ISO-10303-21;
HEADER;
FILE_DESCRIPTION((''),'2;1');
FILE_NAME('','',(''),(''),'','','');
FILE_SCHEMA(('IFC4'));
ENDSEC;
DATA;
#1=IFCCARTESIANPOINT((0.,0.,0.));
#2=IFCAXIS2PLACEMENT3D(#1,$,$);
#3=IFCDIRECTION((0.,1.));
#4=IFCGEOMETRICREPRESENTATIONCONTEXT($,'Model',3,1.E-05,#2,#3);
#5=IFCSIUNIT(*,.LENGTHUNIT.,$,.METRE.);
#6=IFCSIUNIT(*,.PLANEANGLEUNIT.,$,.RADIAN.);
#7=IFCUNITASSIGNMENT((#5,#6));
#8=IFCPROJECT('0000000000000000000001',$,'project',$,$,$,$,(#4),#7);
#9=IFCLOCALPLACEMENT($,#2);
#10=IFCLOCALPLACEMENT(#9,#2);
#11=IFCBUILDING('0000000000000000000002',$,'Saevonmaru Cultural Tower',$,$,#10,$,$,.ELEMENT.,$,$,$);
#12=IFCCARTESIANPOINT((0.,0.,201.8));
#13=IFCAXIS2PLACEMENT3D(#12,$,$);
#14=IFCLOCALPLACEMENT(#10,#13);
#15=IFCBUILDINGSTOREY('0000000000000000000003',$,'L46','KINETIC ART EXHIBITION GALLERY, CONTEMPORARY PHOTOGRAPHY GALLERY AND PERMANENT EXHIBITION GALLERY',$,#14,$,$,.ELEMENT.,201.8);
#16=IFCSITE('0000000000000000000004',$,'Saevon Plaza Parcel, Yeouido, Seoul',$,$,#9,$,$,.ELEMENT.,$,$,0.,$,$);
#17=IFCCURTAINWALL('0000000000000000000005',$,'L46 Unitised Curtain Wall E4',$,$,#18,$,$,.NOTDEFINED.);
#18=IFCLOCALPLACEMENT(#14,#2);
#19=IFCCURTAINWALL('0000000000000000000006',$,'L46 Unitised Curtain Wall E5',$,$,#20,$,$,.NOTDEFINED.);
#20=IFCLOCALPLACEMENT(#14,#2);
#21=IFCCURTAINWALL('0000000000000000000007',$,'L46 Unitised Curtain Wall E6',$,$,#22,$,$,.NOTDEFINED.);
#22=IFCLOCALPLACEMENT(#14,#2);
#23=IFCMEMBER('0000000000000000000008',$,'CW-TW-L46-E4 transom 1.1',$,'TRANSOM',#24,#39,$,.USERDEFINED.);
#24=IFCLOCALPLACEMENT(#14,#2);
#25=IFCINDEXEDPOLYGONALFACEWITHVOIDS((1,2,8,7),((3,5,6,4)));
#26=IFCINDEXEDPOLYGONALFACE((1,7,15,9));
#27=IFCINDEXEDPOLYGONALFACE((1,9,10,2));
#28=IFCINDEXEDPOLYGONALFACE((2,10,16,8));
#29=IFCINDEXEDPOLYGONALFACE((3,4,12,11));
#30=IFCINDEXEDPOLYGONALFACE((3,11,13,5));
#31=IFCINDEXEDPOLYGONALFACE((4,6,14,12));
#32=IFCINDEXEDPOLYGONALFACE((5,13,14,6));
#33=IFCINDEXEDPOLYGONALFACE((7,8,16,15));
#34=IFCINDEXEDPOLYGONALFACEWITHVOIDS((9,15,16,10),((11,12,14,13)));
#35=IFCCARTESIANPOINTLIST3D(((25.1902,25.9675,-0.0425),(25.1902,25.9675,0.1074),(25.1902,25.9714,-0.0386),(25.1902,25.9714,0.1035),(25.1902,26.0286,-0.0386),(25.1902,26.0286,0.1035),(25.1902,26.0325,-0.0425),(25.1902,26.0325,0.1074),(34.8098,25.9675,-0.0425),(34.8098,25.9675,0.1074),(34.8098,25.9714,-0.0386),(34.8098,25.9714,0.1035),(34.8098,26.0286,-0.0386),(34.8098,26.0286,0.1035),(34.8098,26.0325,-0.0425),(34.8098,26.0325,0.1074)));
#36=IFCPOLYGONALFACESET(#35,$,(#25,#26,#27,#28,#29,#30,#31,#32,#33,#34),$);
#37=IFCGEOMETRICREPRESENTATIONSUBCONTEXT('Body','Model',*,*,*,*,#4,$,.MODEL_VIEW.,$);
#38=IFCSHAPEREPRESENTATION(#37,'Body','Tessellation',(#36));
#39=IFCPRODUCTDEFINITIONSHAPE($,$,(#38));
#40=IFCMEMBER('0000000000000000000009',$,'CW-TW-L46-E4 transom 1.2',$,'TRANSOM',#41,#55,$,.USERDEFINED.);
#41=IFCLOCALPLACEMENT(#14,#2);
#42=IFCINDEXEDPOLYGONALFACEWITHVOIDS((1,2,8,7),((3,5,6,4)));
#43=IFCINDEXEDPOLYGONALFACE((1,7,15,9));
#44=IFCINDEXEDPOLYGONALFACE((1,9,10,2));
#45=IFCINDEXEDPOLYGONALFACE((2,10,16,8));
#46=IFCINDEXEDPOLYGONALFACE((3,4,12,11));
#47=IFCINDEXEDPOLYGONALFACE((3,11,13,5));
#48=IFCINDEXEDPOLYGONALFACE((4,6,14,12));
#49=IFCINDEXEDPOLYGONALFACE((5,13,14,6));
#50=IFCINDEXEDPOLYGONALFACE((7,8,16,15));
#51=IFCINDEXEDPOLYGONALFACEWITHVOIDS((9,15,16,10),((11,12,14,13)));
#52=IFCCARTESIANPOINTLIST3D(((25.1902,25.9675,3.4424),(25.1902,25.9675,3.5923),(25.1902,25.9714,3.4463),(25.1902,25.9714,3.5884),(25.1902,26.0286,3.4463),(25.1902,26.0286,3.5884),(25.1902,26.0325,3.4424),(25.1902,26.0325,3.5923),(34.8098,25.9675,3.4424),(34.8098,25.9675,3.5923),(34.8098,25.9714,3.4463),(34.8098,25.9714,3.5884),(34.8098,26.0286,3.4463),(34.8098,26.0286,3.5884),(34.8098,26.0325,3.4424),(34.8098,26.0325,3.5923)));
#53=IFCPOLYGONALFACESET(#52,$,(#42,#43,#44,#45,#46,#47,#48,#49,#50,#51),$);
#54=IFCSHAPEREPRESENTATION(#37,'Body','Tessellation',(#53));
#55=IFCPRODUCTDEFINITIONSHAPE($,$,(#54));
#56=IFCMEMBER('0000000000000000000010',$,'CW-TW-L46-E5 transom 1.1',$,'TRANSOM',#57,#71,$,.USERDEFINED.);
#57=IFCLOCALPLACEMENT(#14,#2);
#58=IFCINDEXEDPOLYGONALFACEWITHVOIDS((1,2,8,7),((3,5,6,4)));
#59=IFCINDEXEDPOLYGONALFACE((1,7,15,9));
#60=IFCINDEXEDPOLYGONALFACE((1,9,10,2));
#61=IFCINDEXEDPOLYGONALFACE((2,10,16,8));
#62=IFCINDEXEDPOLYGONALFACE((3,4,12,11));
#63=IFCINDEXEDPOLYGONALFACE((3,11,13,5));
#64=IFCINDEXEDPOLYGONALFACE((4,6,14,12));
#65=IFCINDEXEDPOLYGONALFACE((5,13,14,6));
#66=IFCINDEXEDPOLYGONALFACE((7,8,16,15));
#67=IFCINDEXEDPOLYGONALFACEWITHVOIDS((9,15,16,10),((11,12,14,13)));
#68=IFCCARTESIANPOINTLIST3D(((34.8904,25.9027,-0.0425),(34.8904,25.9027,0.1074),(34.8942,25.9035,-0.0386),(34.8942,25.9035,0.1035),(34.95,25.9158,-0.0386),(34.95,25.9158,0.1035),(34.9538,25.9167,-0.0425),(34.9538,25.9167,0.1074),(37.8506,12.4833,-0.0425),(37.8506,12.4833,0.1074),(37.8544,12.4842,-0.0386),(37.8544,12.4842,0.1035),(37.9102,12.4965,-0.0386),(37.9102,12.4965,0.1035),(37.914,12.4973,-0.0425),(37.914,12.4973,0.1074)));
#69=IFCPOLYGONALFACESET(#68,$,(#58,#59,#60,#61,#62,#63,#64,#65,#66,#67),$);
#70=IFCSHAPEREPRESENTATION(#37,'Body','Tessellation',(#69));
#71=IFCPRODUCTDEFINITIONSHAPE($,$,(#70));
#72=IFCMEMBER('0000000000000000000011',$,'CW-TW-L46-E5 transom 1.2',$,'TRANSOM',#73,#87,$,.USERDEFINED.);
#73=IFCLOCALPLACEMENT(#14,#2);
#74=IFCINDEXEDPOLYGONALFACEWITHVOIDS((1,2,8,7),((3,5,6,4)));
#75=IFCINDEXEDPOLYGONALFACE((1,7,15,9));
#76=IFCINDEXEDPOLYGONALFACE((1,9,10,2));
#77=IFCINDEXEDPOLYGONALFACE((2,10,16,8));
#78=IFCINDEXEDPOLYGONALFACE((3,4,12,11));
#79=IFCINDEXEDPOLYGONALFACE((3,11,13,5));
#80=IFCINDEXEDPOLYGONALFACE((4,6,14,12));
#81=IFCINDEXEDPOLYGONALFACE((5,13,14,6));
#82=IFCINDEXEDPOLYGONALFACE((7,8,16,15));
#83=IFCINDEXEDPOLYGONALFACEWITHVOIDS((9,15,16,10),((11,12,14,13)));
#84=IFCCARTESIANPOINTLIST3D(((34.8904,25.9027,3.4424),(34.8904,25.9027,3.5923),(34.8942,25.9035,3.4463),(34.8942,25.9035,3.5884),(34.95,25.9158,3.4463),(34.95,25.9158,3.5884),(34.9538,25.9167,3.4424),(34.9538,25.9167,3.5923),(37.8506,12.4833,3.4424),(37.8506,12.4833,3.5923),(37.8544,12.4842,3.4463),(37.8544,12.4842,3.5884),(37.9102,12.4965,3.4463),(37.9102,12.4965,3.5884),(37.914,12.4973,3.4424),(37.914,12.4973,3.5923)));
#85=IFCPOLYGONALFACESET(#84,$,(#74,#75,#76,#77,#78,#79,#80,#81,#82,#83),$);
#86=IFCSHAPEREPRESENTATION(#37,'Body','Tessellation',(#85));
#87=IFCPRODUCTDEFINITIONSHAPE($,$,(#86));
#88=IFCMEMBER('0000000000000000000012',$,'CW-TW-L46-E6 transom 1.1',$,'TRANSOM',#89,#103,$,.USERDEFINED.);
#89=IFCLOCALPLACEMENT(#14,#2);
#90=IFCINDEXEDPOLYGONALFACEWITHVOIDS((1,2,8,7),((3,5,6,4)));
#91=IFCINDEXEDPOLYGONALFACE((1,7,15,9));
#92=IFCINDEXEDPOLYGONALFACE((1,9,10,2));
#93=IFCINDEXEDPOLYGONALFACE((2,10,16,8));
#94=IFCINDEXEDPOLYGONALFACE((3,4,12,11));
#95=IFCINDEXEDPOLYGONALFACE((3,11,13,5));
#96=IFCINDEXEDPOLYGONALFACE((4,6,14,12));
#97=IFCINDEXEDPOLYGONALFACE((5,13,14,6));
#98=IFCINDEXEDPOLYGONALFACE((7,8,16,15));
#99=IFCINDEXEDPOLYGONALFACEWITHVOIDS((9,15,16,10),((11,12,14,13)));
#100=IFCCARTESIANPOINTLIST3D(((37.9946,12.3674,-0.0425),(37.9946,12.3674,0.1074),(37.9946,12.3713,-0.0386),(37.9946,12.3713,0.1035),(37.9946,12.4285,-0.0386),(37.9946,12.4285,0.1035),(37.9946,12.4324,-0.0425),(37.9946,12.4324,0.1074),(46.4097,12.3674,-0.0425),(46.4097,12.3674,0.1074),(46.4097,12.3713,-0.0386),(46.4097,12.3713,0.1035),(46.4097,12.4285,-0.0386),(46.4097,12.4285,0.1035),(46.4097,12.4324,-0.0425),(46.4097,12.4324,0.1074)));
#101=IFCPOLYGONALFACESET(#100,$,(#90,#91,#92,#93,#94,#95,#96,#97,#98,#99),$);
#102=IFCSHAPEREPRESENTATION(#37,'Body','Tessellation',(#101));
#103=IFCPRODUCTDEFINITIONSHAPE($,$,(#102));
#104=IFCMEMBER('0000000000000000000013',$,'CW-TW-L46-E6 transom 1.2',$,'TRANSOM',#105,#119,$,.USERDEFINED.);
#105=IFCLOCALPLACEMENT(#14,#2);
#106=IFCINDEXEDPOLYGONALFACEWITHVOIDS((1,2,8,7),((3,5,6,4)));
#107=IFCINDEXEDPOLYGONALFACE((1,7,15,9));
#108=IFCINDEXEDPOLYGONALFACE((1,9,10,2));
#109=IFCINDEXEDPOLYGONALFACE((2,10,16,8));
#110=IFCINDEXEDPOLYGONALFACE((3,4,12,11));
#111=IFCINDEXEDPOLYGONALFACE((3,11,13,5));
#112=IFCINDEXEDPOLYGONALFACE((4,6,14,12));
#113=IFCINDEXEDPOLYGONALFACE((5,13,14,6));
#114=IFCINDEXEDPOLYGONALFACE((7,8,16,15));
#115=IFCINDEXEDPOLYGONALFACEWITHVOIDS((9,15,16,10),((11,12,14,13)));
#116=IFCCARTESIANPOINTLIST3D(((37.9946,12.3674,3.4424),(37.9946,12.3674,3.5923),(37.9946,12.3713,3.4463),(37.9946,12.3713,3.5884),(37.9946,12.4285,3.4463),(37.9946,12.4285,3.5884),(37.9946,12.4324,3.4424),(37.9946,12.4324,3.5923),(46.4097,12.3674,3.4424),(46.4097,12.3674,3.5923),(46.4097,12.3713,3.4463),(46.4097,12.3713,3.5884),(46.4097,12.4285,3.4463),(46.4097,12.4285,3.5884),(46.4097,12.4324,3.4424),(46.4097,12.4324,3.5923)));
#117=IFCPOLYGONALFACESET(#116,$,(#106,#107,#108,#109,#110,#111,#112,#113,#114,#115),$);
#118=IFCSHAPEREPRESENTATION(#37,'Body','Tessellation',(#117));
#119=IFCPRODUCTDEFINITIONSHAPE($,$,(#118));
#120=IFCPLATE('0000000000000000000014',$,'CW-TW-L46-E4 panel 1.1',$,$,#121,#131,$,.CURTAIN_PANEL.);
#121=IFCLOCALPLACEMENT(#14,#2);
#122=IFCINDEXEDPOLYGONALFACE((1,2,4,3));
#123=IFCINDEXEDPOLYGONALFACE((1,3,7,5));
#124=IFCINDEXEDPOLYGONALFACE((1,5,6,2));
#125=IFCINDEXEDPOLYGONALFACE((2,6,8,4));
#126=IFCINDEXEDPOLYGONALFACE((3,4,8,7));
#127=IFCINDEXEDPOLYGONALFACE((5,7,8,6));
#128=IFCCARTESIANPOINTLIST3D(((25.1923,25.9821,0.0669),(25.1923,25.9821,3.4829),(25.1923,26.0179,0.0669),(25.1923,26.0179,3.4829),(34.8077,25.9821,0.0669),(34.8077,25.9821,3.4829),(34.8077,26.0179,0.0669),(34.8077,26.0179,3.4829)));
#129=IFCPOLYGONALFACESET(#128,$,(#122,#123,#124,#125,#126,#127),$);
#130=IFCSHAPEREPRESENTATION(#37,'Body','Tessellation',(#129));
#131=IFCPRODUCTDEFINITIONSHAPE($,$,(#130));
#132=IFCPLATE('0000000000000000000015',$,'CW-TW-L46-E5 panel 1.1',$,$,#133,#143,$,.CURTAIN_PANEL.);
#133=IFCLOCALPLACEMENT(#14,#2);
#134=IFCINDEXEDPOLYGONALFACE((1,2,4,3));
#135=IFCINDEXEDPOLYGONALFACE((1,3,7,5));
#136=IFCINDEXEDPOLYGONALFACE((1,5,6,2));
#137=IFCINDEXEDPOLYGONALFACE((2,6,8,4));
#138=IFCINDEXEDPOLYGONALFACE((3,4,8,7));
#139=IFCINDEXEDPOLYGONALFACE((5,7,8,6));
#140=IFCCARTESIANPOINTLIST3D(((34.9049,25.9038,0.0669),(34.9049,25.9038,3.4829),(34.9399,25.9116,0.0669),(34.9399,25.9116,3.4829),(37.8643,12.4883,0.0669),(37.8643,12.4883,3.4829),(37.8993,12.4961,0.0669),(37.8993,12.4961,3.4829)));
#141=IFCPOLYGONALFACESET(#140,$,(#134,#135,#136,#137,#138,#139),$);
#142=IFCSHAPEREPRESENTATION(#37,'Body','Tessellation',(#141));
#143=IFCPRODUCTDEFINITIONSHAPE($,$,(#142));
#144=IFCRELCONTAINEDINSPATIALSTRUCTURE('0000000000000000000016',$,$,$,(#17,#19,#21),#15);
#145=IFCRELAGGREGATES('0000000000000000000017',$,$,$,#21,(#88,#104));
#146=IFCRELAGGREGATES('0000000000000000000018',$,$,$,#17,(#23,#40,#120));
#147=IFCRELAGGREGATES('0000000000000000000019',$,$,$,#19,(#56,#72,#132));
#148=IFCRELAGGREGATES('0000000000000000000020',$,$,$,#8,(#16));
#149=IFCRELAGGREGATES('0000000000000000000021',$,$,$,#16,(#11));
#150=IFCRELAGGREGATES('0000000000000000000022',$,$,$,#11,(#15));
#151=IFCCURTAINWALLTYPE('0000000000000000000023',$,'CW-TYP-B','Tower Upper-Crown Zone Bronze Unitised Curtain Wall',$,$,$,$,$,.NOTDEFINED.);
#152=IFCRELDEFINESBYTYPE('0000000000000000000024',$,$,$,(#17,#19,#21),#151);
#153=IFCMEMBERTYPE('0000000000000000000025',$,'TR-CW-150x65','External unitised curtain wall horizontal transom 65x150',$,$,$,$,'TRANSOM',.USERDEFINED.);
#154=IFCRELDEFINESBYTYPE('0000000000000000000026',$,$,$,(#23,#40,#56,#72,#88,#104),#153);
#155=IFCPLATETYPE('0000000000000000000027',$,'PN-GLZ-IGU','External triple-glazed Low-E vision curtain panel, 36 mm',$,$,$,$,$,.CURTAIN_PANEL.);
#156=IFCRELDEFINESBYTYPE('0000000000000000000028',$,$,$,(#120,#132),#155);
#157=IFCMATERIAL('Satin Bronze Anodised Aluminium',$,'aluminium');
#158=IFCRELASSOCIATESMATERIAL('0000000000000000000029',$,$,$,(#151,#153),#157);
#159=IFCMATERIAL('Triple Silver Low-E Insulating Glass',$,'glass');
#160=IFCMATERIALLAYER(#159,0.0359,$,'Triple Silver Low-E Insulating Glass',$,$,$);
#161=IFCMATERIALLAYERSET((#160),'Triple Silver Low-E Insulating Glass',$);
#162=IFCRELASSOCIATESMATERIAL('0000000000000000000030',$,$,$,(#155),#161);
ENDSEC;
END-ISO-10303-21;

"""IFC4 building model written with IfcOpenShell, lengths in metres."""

from ifc_helpers import new_model, si_unit, direction, frame, origin, origin_2d, place, context, subcontext, project, spatial, rectangle, hollow_rectangle, extrude, material, layer, layer_set, material_profile, profile_set, type_object, element, aggregate, save


model = new_model("IFC4")

# Units and contexts
model_context = context("Model", 3, precision=1e-05, world=origin(), true_north=direction((0.0, 1.0)))
body_context = subcontext(model_context, "Body", "Model", "MODEL_VIEW")
ifc_project = project(units=[si_unit("LENGTHUNIT", "METRE"), si_unit("PLANEANGLEUNIT", "RADIAN")], contexts=[model_context])

# Site, building, storey
site_placement = place(None, origin())
site = spatial("IfcSite", under=ifc_project, at=site_placement, Name="Saevon Plaza Parcel, Yeouido, Seoul", CompositionType="ELEMENT", RefElevation=0.0)
building_placement = place(site_placement, origin())
building = spatial("IfcBuilding", under=site, at=building_placement, Name="Saevonmaru Cultural Tower", CompositionType="ELEMENT")
storey_placement = place(building_placement, frame((0.0, 0.0, 201.8)))
storey = spatial("IfcBuildingStorey", under=building, at=storey_placement, Name="L46", Description="KINETIC ART EXHIBITION GALLERY, CONTEMPORARY PHOTOGRAPHY GALLERY AND PERMANENT EXHIBITION GALLERY", CompositionType="ELEMENT", Elevation=201.8)

# Curtain wall
ifc_material_1 = material(Name="Satin Bronze Anodised Aluminium", Category="aluminium")
curtain_wall_type = type_object("IfcCurtainWallType", Name="CW-TYP-B", Description="Tower Upper-Crown Zone Bronze Unitised Curtain Wall", PredefinedType="NOTDEFINED", material=ifc_material_1)
curtain_wall_1_placement = place(storey_placement, origin())
curtain_wall_1 = element("IfcCurtainWall", 1, at=curtain_wall_1_placement, inside=storey, type_object=curtain_wall_type, Name="L46 Unitised Curtain Wall E4", PredefinedType="NOTDEFINED")

# Curtain wall
curtain_wall_2_placement = place(storey_placement, origin())
curtain_wall_2 = element("IfcCurtainWall", 2, at=curtain_wall_2_placement, inside=storey, type_object=curtain_wall_type, Name="L46 Unitised Curtain Wall E5", PredefinedType="NOTDEFINED")

# Curtain wall
curtain_wall_3_placement = place(storey_placement, origin())
curtain_wall_3 = element("IfcCurtainWall", 3, at=curtain_wall_3_placement, inside=storey, type_object=curtain_wall_type, Name="L46 Unitised Curtain Wall E6", PredefinedType="NOTDEFINED")

# Members
ifc_material_profile_1 = material_profile(ifc_material_1, hollow_rectangle(XDim=0.0649, YDim=0.1499, WallThickness=0.0039, at=origin_2d()), Name="ALU-TRAN-150x65x4")
ifc_profile_set_1 = profile_set([ifc_material_profile_1], Name="Satin Bronze Anodised Aluminium")
member_type_1 = type_object("IfcMemberType", Name="TR-CW-150x65", Description="External unitised curtain wall horizontal transom 65x150", ElementType="TRANSOM", PredefinedType="USERDEFINED", material=ifc_profile_set_1)
member_1_placement = place(storey_placement, frame((25.1902, 26.0, 0.0325), z_axis=(1.0, 0.0, 0.0), x_axis=(0.0, 1.0, 0.0)))
member_1 = element("IfcMember", 4, at=member_1_placement, type_object=member_type_1, Name="CW-TW-L46-E4 transom 1.1", ObjectType="TRANSOM", PredefinedType="USERDEFINED", context=body_context, shape_type="SweptSolid", body=[
    extrude(hollow_rectangle(XDim=0.0649, YDim=0.1499, WallThickness=0.0039, at=origin_2d()), origin(), (0.0, 0.0, 1.0), 9.6196),
])
member_2_placement = place(storey_placement, frame((25.1902, 26.0, 3.5173), z_axis=(1.0, 0.0, 0.0), x_axis=(0.0, 1.0, 0.0)))
member_2 = element("IfcMember", 5, at=member_2_placement, type_object=member_type_1, Name="CW-TW-L46-E4 transom 1.2", ObjectType="TRANSOM", PredefinedType="USERDEFINED", context=body_context, shape_type="SweptSolid", body=[
    extrude(hollow_rectangle(XDim=0.0649, YDim=0.1499, WallThickness=0.0039, at=origin_2d()), origin(), (0.0, 0.0, 1.0), 9.6196),
])
member_3_placement = place(storey_placement, frame((34.9221, 25.9097, 0.0325), z_axis=(0.215412, -0.976523, 0.0), x_axis=(0.976523, 0.215412, 0.0)))
member_3 = element("IfcMember", 6, at=member_3_placement, type_object=member_type_1, Name="CW-TW-L46-E5 transom 1.1", ObjectType="TRANSOM", PredefinedType="USERDEFINED", context=body_context, shape_type="SweptSolid", body=[
    extrude(hollow_rectangle(XDim=0.0649, YDim=0.1499, WallThickness=0.0039, at=origin_2d()), origin(), (0.0, 0.0, 1.0), 13.7419),
])
member_4_placement = place(storey_placement, frame((34.9221, 25.9097, 3.5173), z_axis=(0.215412, -0.976523, 0.0), x_axis=(0.976523, 0.215412, 0.0)))
member_4 = element("IfcMember", 7, at=member_4_placement, type_object=member_type_1, Name="CW-TW-L46-E5 transom 1.2", ObjectType="TRANSOM", PredefinedType="USERDEFINED", context=body_context, shape_type="SweptSolid", body=[
    extrude(hollow_rectangle(XDim=0.0649, YDim=0.1499, WallThickness=0.0039, at=origin_2d()), origin(), (0.0, 0.0, 1.0), 13.7419),
])
member_5_placement = place(storey_placement, frame((37.9946, 12.3999, 0.0325), z_axis=(1.0, 0.0, 0.0), x_axis=(0.0, 1.0, 0.0)))
member_5 = element("IfcMember", 8, at=member_5_placement, type_object=member_type_1, Name="CW-TW-L46-E6 transom 1.1", ObjectType="TRANSOM", PredefinedType="USERDEFINED", context=body_context, shape_type="SweptSolid", body=[
    extrude(hollow_rectangle(XDim=0.0649, YDim=0.1499, WallThickness=0.0039, at=origin_2d()), origin(), (0.0, 0.0, 1.0), 8.415),
])
member_6_placement = place(storey_placement, frame((37.9946, 12.3999, 3.5173), z_axis=(1.0, 0.0, 0.0), x_axis=(0.0, 1.0, 0.0)))
member_6 = element("IfcMember", 9, at=member_6_placement, type_object=member_type_1, Name="CW-TW-L46-E6 transom 1.2", ObjectType="TRANSOM", PredefinedType="USERDEFINED", context=body_context, shape_type="SweptSolid", body=[
    extrude(hollow_rectangle(XDim=0.0649, YDim=0.1499, WallThickness=0.0039, at=origin_2d()), origin(), (0.0, 0.0, 1.0), 8.415),
])
aggregate(curtain_wall_3, [member_5, member_6])

# Plates
ifc_material_2 = material(Name="Triple Silver Low-E Insulating Glass", Category="glass")
ifc_layer = layer(ifc_material_2, 0.0359, Name="Triple Silver Low-E Insulating Glass")
ifc_layer_set = layer_set([ifc_layer], Name="Triple Silver Low-E Insulating Glass")
plate_type = type_object("IfcPlateType", Name="PN-GLZ-IGU", Description="External triple-glazed Low-E vision curtain panel, 36 mm", PredefinedType="CURTAIN_PANEL", material=ifc_layer_set)
plate_1_placement = place(storey_placement, frame((30.0, 26.0, 0.0669), z_axis=(0.0, 0.0, 1.0), x_axis=(1.0, 0.0, 0.0)))
plate_1 = element("IfcPlate", 10, at=plate_1_placement, type_object=plate_type, Name="CW-TW-L46-E4 panel 1.1", PredefinedType="CURTAIN_PANEL", context=body_context, shape_type="SweptSolid", body=[
    extrude(rectangle(XDim=9.6155, YDim=0.0359, at=origin_2d()), origin(), (0.0, 0.0, 1.0), 3.416),
])
aggregate(curtain_wall_1, [member_1, member_2, plate_1])
plate_2_placement = place(storey_placement, frame((36.4021, 19.2, 0.0669), z_axis=(0.0, 0.0, 1.0), x_axis=(0.215413, -0.976523, 0.0)))
plate_2 = element("IfcPlate", 11, at=plate_2_placement, type_object=plate_type, Name="CW-TW-L46-E5 panel 1.1", PredefinedType="CURTAIN_PANEL", context=body_context, shape_type="SweptSolid", body=[
    extrude(rectangle(XDim=13.738, YDim=0.0359, at=origin_2d()), origin(), (0.0, 0.0, 1.0), 3.416),
])
aggregate(curtain_wall_2, [member_3, member_4, plate_2])

save(model, "model.ifc")
